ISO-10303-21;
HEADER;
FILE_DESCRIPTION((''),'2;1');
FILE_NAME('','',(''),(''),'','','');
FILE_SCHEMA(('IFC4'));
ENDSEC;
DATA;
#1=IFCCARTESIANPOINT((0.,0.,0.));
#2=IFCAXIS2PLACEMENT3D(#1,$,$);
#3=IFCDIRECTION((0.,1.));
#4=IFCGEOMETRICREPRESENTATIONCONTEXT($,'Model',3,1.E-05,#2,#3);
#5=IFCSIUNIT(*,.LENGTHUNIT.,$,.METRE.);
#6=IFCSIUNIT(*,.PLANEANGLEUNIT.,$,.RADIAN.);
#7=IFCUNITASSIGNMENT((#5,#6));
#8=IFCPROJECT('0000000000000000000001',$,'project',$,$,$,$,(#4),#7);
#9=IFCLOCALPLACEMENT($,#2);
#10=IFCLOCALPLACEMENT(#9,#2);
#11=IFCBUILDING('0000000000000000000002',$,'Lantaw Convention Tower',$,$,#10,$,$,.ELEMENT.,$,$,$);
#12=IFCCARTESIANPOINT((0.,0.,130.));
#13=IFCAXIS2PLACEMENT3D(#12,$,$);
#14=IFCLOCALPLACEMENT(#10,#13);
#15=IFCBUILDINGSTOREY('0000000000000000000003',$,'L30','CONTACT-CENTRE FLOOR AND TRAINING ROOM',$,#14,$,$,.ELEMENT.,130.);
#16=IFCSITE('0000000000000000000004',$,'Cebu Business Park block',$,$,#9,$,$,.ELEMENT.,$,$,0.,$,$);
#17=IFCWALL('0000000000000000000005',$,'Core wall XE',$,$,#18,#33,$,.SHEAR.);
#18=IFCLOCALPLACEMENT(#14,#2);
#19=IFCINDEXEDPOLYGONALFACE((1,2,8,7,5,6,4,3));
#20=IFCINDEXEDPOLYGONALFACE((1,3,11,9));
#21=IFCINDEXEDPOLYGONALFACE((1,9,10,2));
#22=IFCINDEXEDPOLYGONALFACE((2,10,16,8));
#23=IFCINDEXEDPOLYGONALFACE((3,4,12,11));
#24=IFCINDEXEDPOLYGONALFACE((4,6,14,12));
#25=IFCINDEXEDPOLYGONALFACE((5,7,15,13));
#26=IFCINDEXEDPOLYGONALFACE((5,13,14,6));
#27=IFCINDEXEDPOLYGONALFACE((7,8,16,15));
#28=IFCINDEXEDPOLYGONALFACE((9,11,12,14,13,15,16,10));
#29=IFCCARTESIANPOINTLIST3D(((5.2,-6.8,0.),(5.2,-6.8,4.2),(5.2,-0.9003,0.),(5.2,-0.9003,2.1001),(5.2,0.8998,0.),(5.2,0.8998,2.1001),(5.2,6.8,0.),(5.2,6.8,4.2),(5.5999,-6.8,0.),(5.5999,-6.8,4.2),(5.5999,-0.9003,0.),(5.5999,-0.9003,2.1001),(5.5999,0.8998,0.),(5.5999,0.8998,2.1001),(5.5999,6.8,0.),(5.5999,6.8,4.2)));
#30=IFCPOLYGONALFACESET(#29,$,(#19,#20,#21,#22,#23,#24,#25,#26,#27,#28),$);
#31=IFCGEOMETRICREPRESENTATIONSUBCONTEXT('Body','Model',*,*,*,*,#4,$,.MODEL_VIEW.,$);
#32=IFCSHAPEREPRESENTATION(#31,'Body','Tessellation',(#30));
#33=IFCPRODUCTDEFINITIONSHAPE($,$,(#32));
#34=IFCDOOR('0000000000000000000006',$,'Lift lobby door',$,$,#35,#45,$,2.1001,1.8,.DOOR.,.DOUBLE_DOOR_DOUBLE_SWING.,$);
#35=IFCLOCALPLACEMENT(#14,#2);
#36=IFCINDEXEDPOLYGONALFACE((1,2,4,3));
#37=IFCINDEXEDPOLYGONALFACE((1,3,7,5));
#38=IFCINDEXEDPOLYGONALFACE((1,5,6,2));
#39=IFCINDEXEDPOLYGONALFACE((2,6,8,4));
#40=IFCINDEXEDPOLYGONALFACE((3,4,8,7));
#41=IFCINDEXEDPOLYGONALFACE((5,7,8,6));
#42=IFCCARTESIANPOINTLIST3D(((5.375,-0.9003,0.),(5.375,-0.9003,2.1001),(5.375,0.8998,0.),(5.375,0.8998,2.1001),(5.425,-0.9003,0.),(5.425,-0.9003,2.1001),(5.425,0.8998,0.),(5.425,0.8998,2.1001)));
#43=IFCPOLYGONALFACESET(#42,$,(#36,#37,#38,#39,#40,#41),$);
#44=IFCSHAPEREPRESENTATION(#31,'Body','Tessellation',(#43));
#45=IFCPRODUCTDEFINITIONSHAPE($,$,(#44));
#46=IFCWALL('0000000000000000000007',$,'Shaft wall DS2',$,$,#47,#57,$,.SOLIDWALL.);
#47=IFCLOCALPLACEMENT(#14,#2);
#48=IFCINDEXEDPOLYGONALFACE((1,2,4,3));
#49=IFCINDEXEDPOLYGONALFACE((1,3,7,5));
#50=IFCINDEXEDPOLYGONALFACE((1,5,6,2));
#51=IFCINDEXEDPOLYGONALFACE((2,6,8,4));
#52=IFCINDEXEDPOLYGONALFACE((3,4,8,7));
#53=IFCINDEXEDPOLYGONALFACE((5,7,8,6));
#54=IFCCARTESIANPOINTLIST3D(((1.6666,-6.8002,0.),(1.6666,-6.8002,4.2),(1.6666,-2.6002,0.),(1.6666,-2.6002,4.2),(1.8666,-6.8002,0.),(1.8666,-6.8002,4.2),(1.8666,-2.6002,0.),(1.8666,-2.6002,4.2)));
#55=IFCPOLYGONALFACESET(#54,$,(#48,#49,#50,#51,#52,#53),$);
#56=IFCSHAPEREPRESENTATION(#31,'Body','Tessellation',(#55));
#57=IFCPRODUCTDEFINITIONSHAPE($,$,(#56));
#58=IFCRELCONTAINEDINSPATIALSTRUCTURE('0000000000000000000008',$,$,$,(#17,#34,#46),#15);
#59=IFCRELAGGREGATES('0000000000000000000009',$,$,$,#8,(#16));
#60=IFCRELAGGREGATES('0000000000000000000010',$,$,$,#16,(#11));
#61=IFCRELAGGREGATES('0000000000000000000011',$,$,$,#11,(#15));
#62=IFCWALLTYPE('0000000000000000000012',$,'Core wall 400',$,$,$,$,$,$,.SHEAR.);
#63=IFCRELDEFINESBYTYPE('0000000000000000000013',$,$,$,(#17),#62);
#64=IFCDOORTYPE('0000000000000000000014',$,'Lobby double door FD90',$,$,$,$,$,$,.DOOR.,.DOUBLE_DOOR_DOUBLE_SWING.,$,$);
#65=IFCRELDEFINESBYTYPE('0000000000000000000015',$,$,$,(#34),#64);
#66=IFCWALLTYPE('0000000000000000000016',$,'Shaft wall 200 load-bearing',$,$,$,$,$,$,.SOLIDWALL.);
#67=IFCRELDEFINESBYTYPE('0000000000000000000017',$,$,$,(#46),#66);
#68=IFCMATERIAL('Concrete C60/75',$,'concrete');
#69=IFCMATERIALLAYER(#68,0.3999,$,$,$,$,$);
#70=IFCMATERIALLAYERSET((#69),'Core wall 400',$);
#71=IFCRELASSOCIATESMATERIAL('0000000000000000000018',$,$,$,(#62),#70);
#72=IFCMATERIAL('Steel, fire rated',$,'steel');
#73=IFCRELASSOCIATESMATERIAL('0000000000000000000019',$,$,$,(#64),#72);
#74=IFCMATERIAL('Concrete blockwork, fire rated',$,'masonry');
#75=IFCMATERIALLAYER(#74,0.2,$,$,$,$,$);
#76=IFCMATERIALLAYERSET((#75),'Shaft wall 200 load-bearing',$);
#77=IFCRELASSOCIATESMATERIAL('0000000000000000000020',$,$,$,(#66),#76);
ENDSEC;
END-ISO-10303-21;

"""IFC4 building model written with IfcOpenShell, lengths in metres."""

from ifc_helpers import new_model, si_unit, direction, frame, frame_2d, origin, place, context, subcontext, project, spatial, rectangle, extrude, material, layer, layer_set, type_object, element, fill, save


model = new_model("IFC4")

# Units and contexts
model_context = context("Model", 3, precision=1e-05, world=origin(), true_north=direction((0.0, 1.0)))
body_context = subcontext(model_context, "Body", "Model", "MODEL_VIEW")
ifc_project = project(units=[si_unit("LENGTHUNIT", "METRE"), si_unit("PLANEANGLEUNIT", "RADIAN")], contexts=[model_context])

# Site, building, storey
site_placement = place(None, origin())
site = spatial("IfcSite", under=ifc_project, at=site_placement, Name="Cebu Business Park block", CompositionType="ELEMENT", RefElevation=0.0)
building_placement = place(site_placement, origin())
building = spatial("IfcBuilding", under=site, at=building_placement, Name="Lantaw Convention Tower", CompositionType="ELEMENT")
storey_placement = place(building_placement, frame((0.0, 0.0, 130.0)))
storey = spatial("IfcBuildingStorey", under=building, at=storey_placement, Name="L30", Description="CONTACT-CENTRE FLOOR AND TRAINING ROOM", CompositionType="ELEMENT", Elevation=130.0)

# Wall, opening, door
ifc_material_1 = material(Name="Concrete C60/75", Category="concrete")
ifc_material_2 = material(Name="Steel, fire rated", Category="steel")
ifc_layer_1 = layer(ifc_material_1, 0.3999)
ifc_layer_set_1 = layer_set([ifc_layer_1], Name="Core wall 400")
wall_type_1 = type_object("IfcWallType", Name="Core wall 400", PredefinedType="SHEAR", material=ifc_layer_set_1)
wall_1_placement = place(storey_placement, frame((5.3999, -6.8, 0.0), z_axis=(0.0, 0.0, 1.0), x_axis=(0.0, 1.0, 0.0)))
wall_1 = element("IfcWall", 1, at=wall_1_placement, inside=storey, type_object=wall_type_1, Name="Core wall XE", PredefinedType="SHEAR", context=body_context, shape_type="SweptSolid", body=[
    extrude(rectangle(XDim=13.6001, YDim=0.3999, at=frame_2d((6.8, 0.0))), origin(), (0.0, 0.0, 1.0), 4.2),
])
opening_1_placement = place(wall_1_placement, frame((5.8999, 0.0, 0.0)))
opening_1 = element("IfcOpeningElement", 2, at=opening_1_placement, cuts=wall_1, PredefinedType="OPENING", context=body_context, shape_type="SweptSolid", body=[
    extrude(rectangle(XDim=1.8, YDim=2.1001, at=frame_2d((0.8999, 1.05))), frame((0.0, 0.21, 0.0), z_axis=(0.0, -1.0, 0.0), x_axis=(1.0, 0.0, 0.0)), (0.0, 0.0, 1.0), 0.4199),
])
door_type_1 = type_object("IfcDoorType", Name="Lobby double door FD90", OperationType="DOUBLE_DOOR_DOUBLE_SWING", PredefinedType="DOOR", material=ifc_material_2)
door_1_placement = place(opening_1_placement, origin())
door_1 = element("IfcDoor", 3, at=door_1_placement, inside=storey, type_object=door_type_1, Name="Lift lobby door", OperationType="DOUBLE_DOOR_DOUBLE_SWING", OverallHeight=2.1001, OverallWidth=1.8, PredefinedType="DOOR", context=body_context, shape_type="SweptSolid", body=[
    extrude(rectangle(XDim=1.8, YDim=2.1001, at=frame_2d((0.8999, 1.05))), frame((0.0, 0.0249, 0.0), z_axis=(0.0, -1.0, 0.0), x_axis=(1.0, 0.0, 0.0)), (0.0, 0.0, 1.0), 0.05),
])
fill(opening_1, door_1)

# Wall
ifc_material_3 = material(Name="Concrete blockwork, fire rated", Category="masonry")
ifc_layer_2 = layer(ifc_material_3, 0.2)
ifc_layer_set_2 = layer_set([ifc_layer_2], Name="Shaft wall 200 load-bearing")
wall_type_2 = type_object("IfcWallType", Name="Shaft wall 200 load-bearing", PredefinedType="SOLIDWALL", material=ifc_layer_set_2)
wall_2_placement = place(storey_placement, frame((1.7666, -2.6001, 0.0), z_axis=(0.0, 0.0, 1.0), x_axis=(0.0, -1.0, 0.0)))
element("IfcWall", 4, at=wall_2_placement, inside=storey, type_object=wall_type_2, Name="Shaft wall DS2", PredefinedType="SOLIDWALL", context=body_context, shape_type="SweptSolid", body=[
    extrude(rectangle(XDim=4.2, YDim=0.2, at=frame_2d((2.1001, 0.0))), origin(), (0.0, 0.0, 1.0), 4.2),
])

save(model, "model.ifc")
